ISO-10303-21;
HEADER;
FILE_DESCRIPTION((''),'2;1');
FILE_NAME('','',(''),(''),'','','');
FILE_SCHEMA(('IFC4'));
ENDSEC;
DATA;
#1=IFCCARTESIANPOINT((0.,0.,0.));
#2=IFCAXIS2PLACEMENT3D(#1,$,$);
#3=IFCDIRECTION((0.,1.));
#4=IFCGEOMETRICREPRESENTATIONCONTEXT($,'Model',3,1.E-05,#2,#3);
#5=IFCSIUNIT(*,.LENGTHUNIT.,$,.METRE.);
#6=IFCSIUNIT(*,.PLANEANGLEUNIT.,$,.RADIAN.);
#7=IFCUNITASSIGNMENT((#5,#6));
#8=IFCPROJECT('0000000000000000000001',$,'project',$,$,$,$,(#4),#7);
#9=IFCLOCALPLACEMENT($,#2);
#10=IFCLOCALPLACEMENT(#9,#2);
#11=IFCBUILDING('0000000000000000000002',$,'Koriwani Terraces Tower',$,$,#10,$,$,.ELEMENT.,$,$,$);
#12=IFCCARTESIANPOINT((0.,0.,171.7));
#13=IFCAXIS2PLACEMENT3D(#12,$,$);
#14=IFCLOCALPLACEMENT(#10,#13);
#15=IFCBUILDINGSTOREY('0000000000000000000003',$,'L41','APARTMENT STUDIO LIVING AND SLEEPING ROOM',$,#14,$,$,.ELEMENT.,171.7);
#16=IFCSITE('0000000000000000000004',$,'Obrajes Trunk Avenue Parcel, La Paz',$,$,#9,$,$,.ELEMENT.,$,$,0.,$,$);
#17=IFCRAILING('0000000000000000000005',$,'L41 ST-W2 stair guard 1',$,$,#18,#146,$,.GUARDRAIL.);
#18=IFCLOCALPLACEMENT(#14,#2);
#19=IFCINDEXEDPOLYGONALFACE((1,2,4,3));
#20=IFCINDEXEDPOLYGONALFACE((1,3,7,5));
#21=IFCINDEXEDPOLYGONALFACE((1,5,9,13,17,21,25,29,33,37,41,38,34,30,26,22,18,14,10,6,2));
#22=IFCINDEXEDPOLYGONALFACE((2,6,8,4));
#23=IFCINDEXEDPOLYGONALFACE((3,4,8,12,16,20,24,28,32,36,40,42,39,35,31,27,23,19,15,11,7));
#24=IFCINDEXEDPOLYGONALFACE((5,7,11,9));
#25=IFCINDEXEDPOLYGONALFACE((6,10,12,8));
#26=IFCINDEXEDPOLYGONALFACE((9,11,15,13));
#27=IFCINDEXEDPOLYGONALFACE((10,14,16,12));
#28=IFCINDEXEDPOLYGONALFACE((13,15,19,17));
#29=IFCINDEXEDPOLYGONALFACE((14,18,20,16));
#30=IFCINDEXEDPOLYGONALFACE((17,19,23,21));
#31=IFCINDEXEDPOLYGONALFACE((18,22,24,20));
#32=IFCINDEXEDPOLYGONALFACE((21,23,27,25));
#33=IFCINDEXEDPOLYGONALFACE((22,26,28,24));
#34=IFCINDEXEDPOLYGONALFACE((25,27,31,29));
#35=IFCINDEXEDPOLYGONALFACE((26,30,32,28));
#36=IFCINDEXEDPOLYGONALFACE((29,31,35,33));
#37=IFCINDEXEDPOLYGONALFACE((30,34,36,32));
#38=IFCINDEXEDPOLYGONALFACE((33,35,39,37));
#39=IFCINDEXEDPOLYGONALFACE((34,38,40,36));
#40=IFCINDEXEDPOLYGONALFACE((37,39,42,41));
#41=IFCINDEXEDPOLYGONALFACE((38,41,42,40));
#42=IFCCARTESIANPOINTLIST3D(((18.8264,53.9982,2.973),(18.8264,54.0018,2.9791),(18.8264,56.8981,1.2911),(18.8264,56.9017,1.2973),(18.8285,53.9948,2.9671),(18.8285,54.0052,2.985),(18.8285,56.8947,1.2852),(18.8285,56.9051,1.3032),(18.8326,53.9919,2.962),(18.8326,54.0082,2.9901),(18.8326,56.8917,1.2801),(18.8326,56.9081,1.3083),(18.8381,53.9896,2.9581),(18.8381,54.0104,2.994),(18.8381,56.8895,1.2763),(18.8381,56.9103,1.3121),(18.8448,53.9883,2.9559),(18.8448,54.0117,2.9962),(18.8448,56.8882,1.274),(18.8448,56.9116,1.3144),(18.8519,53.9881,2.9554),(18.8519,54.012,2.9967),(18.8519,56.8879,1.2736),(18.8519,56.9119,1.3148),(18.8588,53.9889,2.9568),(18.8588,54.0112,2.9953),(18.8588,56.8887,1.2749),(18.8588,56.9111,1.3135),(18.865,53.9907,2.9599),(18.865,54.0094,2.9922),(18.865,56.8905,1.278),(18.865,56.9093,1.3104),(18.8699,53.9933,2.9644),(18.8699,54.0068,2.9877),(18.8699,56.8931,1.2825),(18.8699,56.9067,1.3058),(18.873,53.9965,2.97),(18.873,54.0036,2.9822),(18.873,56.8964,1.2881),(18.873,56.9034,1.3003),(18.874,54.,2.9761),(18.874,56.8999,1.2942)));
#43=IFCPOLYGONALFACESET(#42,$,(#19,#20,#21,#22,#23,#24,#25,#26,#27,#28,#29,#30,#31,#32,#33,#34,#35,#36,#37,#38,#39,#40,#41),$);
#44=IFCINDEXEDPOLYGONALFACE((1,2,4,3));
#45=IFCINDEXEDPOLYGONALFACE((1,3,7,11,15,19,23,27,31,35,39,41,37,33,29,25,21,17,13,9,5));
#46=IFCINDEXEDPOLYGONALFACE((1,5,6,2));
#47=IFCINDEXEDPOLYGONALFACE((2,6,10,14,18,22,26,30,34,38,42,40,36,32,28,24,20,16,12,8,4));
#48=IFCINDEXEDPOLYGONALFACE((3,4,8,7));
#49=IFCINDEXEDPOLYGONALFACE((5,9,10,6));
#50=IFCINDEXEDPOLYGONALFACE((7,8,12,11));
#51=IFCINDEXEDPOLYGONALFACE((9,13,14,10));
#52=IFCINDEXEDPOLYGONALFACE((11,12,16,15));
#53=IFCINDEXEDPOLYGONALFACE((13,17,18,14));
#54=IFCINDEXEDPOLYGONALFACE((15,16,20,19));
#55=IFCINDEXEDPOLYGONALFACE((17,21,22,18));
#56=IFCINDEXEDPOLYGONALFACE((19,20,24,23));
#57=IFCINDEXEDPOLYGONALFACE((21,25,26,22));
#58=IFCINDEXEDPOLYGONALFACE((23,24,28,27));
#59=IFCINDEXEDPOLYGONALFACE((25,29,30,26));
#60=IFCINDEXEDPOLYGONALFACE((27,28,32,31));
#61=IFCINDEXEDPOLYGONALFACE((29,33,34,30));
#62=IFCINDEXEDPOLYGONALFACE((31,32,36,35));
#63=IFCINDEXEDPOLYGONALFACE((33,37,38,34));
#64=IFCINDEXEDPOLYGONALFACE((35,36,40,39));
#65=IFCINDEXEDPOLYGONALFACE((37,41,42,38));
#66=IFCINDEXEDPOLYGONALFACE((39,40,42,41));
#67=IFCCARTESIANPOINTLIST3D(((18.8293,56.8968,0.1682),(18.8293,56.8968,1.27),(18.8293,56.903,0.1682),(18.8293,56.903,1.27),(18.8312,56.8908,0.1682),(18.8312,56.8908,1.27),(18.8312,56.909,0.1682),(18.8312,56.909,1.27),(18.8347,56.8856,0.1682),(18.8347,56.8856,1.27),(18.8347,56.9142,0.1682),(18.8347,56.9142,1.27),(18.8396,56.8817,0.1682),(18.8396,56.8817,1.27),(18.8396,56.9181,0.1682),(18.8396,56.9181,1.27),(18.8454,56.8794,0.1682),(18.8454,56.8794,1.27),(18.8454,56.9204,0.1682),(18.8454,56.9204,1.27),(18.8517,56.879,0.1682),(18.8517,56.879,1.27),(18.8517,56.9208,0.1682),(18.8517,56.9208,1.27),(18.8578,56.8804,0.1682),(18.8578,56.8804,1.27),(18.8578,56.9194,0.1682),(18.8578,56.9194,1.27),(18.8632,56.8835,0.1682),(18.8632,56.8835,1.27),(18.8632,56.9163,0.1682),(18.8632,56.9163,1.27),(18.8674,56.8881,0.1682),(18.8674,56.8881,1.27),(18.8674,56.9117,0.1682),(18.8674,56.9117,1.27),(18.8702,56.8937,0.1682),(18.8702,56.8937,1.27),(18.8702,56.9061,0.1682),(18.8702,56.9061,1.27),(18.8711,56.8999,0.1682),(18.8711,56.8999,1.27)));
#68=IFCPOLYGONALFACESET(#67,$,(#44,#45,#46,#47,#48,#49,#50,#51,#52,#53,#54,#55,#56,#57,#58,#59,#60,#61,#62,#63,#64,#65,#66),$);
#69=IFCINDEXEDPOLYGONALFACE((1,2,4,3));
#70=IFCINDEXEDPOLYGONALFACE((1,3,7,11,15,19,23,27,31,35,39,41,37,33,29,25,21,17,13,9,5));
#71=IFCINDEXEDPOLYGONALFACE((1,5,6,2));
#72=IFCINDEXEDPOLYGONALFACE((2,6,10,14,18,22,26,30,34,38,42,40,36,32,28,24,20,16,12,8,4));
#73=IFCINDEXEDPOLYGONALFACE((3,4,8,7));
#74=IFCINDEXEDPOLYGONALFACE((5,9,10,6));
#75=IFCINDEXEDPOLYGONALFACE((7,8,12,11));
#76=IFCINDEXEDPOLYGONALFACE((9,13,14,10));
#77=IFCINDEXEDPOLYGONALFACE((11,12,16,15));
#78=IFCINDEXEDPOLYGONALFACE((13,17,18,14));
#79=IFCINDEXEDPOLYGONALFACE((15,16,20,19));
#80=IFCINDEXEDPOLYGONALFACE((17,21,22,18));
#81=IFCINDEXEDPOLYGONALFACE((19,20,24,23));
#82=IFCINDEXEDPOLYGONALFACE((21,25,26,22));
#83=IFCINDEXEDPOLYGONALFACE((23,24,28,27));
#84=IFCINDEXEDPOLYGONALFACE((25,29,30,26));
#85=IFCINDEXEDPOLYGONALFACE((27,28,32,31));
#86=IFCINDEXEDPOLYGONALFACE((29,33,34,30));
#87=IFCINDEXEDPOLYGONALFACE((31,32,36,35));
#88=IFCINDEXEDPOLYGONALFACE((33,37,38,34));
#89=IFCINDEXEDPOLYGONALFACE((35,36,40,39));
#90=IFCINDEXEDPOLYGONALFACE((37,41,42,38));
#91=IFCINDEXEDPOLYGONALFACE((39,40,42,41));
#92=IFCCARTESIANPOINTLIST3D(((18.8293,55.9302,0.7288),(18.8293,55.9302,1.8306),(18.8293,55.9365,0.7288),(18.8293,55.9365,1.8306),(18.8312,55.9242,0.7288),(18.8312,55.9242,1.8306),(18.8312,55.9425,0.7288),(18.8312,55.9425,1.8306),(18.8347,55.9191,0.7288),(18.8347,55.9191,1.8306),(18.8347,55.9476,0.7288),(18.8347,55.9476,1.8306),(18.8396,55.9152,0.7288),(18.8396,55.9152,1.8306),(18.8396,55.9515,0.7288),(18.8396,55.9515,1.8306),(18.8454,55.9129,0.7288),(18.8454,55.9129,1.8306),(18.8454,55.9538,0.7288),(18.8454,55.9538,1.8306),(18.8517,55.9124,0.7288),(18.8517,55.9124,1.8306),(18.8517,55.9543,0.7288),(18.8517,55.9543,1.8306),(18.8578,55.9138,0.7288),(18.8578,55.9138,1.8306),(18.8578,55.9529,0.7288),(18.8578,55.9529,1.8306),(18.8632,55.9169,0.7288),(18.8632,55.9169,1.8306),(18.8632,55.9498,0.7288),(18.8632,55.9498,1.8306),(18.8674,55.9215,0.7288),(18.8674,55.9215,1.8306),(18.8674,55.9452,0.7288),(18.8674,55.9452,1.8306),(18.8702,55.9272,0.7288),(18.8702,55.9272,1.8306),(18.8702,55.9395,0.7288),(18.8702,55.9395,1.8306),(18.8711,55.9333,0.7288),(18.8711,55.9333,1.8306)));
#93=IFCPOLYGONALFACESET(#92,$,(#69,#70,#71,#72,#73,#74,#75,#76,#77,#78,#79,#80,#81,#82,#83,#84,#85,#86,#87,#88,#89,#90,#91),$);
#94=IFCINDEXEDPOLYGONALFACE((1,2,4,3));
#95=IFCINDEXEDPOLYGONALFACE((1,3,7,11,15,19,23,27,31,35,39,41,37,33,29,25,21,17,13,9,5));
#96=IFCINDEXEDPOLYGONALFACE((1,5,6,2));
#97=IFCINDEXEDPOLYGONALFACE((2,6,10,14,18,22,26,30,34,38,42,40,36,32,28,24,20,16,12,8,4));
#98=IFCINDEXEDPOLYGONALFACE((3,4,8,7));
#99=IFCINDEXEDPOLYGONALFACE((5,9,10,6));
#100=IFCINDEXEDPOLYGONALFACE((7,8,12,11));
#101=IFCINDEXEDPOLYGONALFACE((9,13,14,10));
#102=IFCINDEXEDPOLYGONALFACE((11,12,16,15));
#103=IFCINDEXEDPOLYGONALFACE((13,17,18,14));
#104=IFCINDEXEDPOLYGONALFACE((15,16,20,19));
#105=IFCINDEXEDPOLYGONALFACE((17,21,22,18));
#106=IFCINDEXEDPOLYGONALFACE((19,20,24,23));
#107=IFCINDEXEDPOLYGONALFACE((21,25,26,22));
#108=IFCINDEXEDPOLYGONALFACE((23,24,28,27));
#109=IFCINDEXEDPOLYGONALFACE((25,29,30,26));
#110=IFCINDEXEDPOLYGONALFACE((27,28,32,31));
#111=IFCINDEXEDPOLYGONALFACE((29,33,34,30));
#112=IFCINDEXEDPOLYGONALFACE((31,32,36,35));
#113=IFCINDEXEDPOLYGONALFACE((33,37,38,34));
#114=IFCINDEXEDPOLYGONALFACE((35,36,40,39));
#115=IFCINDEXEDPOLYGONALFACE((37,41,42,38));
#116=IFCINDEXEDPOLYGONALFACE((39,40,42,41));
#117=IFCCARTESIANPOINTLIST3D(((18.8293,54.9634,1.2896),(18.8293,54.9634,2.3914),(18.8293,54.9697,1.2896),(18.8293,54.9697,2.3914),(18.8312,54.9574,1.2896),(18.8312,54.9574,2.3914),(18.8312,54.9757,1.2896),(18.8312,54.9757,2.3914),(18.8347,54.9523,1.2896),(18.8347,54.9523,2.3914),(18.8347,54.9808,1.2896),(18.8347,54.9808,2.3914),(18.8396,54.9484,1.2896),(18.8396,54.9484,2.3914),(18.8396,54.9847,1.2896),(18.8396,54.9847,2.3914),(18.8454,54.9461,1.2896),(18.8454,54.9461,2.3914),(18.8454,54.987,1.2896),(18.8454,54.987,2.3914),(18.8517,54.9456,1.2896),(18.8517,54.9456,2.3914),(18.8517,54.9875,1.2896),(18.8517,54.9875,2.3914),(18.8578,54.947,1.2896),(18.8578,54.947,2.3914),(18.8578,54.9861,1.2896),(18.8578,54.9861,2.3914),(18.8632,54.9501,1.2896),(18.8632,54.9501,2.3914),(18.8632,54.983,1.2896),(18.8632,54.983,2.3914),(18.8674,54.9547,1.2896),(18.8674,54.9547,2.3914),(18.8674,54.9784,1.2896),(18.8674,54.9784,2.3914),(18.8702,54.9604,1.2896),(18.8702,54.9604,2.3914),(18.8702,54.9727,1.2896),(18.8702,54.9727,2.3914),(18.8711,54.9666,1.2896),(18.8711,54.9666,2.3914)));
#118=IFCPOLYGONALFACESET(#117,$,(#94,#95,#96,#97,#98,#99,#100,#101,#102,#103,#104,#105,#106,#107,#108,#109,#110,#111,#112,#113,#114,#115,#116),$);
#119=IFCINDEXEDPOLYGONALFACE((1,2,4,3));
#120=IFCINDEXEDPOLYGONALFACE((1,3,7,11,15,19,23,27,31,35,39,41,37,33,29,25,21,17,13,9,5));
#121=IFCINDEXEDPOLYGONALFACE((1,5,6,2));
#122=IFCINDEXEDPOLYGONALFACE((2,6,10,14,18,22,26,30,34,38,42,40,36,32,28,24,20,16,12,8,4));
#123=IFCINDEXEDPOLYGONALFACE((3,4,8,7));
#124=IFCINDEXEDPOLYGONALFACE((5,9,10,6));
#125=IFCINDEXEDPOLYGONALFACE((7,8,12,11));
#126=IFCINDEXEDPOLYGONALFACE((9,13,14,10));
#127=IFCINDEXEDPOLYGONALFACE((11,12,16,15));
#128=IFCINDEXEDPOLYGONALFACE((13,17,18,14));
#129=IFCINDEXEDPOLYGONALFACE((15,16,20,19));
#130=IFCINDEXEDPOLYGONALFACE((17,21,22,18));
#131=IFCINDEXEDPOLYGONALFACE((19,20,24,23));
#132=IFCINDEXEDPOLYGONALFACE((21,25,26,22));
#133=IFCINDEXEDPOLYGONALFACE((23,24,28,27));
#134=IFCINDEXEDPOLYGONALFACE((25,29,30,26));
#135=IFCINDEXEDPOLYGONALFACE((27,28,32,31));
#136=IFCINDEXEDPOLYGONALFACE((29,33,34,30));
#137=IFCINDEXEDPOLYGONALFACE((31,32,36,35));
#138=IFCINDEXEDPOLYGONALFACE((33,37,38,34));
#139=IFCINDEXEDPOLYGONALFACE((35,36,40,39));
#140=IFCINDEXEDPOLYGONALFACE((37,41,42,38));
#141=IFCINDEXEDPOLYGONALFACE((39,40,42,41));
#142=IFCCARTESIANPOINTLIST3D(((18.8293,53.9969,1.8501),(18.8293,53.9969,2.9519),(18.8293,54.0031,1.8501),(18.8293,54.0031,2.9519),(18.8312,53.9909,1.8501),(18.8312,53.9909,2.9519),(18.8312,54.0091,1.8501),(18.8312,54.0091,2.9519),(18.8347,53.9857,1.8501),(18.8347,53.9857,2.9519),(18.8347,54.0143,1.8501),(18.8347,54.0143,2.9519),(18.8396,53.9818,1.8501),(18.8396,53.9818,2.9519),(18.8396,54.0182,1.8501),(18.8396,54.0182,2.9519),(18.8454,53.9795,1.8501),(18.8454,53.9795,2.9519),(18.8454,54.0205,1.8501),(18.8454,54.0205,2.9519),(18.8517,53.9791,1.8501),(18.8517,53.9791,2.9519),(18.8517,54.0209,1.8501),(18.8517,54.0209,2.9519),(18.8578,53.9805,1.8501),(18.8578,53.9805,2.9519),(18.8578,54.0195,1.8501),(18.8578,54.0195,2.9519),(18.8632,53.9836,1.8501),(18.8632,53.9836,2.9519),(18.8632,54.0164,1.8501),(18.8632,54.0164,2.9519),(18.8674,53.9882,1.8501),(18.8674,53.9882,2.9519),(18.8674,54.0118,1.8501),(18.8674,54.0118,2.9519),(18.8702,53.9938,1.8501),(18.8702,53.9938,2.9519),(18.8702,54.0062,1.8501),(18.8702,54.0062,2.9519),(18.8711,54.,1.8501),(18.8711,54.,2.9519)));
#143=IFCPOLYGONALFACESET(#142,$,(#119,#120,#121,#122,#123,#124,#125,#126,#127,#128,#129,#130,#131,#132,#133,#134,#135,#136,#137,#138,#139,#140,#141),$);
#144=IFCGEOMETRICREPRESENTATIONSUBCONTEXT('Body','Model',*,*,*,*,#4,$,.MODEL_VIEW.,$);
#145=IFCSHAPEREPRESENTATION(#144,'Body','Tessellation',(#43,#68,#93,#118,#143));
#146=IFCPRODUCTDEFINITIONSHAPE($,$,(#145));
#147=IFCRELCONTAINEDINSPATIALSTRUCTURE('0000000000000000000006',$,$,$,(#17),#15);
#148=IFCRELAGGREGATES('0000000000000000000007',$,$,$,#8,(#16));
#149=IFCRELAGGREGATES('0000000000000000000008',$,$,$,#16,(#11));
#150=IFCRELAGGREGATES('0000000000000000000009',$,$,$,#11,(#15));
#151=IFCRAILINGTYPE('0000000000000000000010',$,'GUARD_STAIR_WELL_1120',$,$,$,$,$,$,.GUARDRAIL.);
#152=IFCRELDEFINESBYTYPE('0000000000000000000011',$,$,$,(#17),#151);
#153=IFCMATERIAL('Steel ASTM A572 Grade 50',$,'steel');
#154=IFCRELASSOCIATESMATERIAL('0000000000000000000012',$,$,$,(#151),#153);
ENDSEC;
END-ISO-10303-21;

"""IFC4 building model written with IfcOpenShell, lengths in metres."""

from ifc_helpers import new_model, si_unit, direction, frame, origin, origin_2d, place, context, subcontext, project, spatial, circle, extrude, material, type_object, element, save


model = new_model("IFC4")

# Units and contexts
model_context = context("Model", 3, precision=1e-05, world=origin(), true_north=direction((0.0, 1.0)))
body_context = subcontext(model_context, "Body", "Model", "MODEL_VIEW")
ifc_project = project(units=[si_unit("LENGTHUNIT", "METRE"), si_unit("PLANEANGLEUNIT", "RADIAN")], contexts=[model_context])

# Site, building, storey
site_placement = place(None, origin())
site = spatial("IfcSite", under=ifc_project, at=site_placement, Name="Obrajes Trunk Avenue Parcel, La Paz", CompositionType="ELEMENT", RefElevation=0.0)
building_placement = place(site_placement, origin())
building = spatial("IfcBuilding", under=site, at=building_placement, Name="Koriwani Terraces Tower", CompositionType="ELEMENT")
storey_placement = place(building_placement, frame((0.0, 0.0, 171.7)))
storey = spatial("IfcBuildingStorey", under=building, at=storey_placement, Name="L41", Description="APARTMENT STUDIO LIVING AND SLEEPING ROOM", CompositionType="ELEMENT", Elevation=171.7)

# Shared definitions
ifc_material_1 = material(Name="Steel ASTM A572 Grade 50", Category="steel")

# Railing
railing_type_1 = type_object("IfcRailingType", Name="GUARD_STAIR_WELL_1120", PredefinedType="GUARDRAIL", material=ifc_material_1)
railing_1_placement = place(storey_placement, frame((18.8501, 56.8999, 0.1682)))
element("IfcRailing", 1, at=railing_1_placement, inside=storey, type_object=railing_type_1, Name="L41 ST-W2 stair guard 1", PredefinedType="GUARDRAIL", context=body_context, shape_type="SweptSolid", body=[
    extrude(circle(Radius=0.0239, at=origin_2d()), frame((0.0, 0.0, 1.126), z_axis=(0.0, -0.865039, 0.501705), x_axis=(1.0, 0.0, 0.0)), (0.0, 0.0, 1.0), 3.3523),
    extrude(circle(Radius=0.021, at=origin_2d()), origin(), (0.0, 0.0, 1.0), 1.1018),
    extrude(circle(Radius=0.021, at=origin_2d()), frame((0.0, -0.9666, 0.5605)), (0.0, 0.0, 1.0), 1.1018),
    extrude(circle(Radius=0.021, at=origin_2d()), frame((0.0, -1.9333, 1.1213)), (0.0, 0.0, 1.0), 1.1018),
    extrude(circle(Radius=0.021, at=origin_2d()), frame((0.0, -2.8999, 1.6819)), (0.0, 0.0, 1.0), 1.1018),
])

save(model, "model.ifc")
